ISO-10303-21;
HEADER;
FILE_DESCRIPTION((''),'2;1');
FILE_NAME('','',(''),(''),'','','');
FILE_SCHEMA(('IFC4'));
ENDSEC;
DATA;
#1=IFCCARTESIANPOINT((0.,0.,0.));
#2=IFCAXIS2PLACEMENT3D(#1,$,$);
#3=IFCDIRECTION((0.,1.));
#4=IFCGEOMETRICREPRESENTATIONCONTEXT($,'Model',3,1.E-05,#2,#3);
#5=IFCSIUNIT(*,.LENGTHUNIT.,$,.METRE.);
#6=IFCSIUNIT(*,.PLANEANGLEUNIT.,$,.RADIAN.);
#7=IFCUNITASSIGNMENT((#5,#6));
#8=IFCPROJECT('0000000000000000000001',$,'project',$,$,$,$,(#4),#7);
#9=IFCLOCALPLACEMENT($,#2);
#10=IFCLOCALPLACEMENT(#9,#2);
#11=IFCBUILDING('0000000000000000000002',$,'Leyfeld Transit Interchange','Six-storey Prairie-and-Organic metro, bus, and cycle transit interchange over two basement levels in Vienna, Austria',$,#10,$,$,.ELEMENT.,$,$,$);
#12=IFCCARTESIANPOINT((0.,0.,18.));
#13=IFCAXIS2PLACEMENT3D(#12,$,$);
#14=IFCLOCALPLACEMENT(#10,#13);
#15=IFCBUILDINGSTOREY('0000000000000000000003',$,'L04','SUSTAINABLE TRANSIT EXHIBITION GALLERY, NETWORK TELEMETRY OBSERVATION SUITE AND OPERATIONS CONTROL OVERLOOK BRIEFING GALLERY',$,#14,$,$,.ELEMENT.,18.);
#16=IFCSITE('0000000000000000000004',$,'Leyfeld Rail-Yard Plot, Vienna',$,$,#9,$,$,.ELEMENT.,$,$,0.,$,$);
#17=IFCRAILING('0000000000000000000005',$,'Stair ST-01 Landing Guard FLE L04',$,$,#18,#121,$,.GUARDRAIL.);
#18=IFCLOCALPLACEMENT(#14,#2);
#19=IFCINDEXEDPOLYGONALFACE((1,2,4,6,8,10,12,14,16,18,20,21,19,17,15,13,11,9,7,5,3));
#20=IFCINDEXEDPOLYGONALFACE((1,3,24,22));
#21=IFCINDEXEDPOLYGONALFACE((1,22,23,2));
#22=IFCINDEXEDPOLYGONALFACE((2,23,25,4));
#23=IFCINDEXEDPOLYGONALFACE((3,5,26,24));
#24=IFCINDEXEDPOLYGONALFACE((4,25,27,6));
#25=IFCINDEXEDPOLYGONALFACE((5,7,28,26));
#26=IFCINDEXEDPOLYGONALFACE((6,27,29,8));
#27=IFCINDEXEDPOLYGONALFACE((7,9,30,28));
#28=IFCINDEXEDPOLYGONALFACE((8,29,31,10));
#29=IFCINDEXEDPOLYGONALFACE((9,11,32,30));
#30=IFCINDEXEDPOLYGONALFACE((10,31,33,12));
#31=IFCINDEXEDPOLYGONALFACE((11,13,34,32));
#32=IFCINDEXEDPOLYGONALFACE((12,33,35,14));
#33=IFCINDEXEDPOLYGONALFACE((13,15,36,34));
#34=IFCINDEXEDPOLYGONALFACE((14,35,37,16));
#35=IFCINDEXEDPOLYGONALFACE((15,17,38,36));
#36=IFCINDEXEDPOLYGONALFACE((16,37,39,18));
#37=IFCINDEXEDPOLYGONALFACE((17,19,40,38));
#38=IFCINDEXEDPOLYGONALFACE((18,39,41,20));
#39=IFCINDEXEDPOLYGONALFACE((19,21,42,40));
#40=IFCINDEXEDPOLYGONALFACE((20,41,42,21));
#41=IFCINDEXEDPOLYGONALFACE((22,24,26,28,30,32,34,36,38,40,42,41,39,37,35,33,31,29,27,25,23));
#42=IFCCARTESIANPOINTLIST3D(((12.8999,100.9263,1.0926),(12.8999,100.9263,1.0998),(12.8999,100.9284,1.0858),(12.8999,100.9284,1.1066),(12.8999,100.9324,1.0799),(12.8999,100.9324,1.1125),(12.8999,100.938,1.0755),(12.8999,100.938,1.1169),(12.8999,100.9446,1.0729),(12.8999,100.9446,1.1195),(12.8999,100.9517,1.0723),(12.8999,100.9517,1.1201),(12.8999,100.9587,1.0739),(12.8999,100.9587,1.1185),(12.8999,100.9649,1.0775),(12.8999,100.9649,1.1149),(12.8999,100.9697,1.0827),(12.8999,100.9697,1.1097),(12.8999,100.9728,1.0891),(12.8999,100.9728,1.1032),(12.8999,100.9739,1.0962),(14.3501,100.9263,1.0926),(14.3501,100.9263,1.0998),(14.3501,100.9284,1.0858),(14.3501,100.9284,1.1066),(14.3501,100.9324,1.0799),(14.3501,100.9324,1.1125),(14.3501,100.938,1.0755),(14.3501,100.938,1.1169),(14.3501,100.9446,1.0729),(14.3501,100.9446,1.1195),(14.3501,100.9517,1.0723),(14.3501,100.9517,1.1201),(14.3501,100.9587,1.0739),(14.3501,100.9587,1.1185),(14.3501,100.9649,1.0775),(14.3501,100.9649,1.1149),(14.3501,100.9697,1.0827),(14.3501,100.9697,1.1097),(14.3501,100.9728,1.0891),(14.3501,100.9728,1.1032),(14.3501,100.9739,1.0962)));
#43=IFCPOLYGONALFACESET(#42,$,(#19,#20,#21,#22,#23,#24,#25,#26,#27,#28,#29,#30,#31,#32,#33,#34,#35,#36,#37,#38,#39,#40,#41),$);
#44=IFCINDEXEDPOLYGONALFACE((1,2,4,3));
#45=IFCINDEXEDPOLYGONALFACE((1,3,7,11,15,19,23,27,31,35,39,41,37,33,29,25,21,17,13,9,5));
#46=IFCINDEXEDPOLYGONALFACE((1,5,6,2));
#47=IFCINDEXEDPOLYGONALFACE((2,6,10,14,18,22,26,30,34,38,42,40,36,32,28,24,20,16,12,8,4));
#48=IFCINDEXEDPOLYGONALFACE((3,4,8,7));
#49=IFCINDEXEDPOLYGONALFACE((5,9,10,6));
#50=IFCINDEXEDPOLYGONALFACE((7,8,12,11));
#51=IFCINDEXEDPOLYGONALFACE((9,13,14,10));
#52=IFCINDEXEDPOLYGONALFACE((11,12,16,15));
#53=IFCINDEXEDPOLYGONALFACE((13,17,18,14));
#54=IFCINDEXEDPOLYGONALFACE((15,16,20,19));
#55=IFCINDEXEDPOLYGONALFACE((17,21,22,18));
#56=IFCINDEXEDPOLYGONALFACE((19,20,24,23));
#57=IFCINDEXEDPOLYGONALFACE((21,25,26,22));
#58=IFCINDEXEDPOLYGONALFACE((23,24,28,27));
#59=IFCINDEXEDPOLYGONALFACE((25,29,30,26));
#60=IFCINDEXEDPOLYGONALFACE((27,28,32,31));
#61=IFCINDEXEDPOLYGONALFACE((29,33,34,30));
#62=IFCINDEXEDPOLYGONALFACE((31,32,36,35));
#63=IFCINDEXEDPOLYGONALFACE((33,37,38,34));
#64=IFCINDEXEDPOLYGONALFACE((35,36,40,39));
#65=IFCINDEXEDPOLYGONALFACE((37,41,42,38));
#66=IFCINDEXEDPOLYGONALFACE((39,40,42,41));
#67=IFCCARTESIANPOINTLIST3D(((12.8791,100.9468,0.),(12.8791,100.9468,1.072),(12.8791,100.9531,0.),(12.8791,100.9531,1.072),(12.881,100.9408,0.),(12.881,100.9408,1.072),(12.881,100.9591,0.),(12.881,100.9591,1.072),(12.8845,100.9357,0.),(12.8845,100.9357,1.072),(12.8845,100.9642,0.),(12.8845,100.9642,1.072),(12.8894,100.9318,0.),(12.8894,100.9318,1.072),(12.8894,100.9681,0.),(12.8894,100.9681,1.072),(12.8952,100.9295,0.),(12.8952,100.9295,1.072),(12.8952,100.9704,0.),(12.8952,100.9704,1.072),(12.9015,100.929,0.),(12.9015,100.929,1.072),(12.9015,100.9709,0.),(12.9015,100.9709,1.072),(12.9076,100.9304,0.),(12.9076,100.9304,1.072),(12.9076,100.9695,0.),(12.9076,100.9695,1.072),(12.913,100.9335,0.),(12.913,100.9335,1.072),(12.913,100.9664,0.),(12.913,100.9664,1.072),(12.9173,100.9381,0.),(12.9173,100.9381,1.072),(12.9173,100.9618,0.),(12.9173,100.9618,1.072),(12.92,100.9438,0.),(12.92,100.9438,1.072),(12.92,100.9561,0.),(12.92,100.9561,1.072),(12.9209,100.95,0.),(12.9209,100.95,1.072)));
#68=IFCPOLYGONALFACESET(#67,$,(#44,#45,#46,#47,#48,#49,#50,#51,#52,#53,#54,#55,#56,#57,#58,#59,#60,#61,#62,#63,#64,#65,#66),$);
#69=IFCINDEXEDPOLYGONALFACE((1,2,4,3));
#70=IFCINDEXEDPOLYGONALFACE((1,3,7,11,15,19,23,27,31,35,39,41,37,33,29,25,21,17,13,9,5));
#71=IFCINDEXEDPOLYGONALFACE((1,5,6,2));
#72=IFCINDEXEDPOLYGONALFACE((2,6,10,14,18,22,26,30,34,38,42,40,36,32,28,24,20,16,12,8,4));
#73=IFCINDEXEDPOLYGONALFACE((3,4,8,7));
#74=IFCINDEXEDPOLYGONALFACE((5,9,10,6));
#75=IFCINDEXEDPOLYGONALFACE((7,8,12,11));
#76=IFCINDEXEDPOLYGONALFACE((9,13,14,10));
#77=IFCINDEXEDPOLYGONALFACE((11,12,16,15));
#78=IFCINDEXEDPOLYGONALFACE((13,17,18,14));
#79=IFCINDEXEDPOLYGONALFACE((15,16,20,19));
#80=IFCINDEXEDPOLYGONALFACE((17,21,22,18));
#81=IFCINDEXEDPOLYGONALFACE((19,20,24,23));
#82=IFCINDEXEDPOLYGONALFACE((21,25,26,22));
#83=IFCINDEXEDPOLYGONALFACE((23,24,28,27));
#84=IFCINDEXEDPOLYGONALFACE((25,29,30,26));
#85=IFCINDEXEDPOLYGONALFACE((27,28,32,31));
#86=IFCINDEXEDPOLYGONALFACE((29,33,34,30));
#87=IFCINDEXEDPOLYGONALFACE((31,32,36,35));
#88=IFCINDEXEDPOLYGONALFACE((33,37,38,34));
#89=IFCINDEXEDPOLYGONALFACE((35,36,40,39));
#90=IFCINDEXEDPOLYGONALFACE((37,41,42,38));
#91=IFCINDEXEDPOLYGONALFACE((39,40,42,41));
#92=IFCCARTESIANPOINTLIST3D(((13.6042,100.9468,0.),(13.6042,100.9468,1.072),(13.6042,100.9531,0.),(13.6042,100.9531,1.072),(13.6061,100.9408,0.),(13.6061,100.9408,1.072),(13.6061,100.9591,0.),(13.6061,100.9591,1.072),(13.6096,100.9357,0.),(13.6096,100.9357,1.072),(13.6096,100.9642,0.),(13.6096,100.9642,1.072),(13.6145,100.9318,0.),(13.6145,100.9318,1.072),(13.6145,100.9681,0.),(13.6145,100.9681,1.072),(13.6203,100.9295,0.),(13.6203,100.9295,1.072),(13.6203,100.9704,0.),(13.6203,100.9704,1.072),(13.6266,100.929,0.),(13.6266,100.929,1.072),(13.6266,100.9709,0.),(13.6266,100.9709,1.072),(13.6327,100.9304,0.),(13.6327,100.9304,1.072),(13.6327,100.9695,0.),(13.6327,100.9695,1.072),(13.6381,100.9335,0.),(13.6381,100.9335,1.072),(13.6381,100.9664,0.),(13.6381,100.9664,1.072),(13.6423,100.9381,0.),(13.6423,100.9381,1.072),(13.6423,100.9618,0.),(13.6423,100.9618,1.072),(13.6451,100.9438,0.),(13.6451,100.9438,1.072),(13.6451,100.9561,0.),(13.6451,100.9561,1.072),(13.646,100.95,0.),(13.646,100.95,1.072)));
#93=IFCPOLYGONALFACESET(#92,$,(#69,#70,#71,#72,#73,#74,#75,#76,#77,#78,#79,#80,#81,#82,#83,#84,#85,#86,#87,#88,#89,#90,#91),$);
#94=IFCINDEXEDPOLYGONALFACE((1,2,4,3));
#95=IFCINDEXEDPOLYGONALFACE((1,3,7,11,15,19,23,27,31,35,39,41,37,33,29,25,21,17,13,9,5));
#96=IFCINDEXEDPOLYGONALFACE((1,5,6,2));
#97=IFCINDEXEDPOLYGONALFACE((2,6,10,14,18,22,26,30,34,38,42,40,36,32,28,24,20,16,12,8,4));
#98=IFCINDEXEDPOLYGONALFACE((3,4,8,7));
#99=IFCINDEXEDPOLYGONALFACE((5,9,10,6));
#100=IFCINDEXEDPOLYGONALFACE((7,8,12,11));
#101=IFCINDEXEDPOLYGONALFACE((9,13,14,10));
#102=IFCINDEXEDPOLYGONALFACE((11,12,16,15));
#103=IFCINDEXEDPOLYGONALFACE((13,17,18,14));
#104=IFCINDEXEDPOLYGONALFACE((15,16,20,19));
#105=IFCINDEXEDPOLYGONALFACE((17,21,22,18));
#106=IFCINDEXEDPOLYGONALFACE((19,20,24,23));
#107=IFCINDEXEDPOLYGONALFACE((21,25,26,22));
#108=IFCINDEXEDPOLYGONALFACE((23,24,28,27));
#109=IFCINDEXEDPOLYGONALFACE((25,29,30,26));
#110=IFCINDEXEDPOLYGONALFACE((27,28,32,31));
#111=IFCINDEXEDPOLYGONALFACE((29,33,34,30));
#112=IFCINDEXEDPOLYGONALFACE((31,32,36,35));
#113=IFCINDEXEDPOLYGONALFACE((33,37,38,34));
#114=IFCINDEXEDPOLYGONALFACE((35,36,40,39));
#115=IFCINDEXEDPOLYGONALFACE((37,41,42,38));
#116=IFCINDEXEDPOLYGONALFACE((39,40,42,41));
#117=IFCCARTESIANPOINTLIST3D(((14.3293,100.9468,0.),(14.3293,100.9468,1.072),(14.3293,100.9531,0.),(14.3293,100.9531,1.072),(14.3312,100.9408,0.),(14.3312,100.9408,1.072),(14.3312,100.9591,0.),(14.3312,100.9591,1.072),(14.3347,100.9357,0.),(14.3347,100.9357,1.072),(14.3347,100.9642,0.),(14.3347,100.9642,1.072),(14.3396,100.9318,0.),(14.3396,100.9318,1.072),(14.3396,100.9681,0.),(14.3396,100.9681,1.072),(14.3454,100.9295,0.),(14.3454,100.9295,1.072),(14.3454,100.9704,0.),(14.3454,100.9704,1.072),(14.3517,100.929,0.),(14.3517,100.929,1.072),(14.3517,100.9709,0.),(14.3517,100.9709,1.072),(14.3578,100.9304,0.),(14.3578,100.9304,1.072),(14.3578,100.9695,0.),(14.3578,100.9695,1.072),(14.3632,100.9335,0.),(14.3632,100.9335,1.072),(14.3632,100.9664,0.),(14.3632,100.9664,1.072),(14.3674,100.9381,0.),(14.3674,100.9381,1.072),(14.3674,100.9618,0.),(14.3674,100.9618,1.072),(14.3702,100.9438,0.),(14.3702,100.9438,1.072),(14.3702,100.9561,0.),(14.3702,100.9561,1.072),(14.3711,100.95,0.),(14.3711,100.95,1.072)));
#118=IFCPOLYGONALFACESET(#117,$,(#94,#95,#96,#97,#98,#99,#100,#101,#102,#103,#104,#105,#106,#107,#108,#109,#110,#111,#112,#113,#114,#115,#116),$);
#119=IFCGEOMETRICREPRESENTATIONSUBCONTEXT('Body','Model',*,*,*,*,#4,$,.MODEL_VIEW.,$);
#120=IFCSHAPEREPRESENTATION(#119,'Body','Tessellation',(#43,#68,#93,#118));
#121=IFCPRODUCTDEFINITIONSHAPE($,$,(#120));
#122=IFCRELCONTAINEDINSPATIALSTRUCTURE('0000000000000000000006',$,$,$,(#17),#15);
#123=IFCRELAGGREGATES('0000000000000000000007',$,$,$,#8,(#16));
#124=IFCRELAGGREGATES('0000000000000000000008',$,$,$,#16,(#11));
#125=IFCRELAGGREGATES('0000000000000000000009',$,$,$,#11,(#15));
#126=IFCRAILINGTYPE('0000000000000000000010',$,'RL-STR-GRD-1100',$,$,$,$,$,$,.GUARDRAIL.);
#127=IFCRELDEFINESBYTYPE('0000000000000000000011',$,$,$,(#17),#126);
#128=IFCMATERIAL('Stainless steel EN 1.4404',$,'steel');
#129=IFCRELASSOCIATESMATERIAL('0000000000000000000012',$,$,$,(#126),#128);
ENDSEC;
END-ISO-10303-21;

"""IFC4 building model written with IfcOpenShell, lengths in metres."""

from ifc_helpers import new_model, si_unit, direction, frame, origin, origin_2d, place, context, subcontext, project, spatial, circle, extrude, material, type_object, element, save


model = new_model("IFC4")

# Units and contexts
model_context = context("Model", 3, precision=1e-05, world=origin(), true_north=direction((0.0, 1.0)))
body_context = subcontext(model_context, "Body", "Model", "MODEL_VIEW")
ifc_project = project(units=[si_unit("LENGTHUNIT", "METRE"), si_unit("PLANEANGLEUNIT", "RADIAN")], contexts=[model_context])

# Site, building, storey
site_placement = place(None, origin())
site = spatial("IfcSite", under=ifc_project, at=site_placement, Name="Leyfeld Rail-Yard Plot, Vienna", CompositionType="ELEMENT", RefElevation=0.0)
building_placement = place(site_placement, origin())
building = spatial("IfcBuilding", under=site, at=building_placement, Name="Leyfeld Transit Interchange", Description="Six-storey Prairie-and-Organic metro, bus, and cycle transit interchange over two basement levels in Vienna, Austria", CompositionType="ELEMENT")
storey_placement = place(building_placement, frame((0.0, 0.0, 18.0)))
storey = spatial("IfcBuildingStorey", under=building, at=storey_placement, Name="L04", Description="SUSTAINABLE TRANSIT EXHIBITION GALLERY, NETWORK TELEMETRY OBSERVATION SUITE AND OPERATIONS CONTROL OVERLOOK BRIEFING GALLERY", CompositionType="ELEMENT", Elevation=18.0)

# Shared definitions
ifc_material_1 = material(Name="Stainless steel EN 1.4404", Category="steel")

# Railing
railing_type_1 = type_object("IfcRailingType", Name="RL-STR-GRD-1100", PredefinedType="GUARDRAIL", material=ifc_material_1)
railing_1_placement = place(storey_placement, frame((12.8999, 100.95, 0.0)))
element("IfcRailing", 1, at=railing_1_placement, inside=storey, type_object=railing_type_1, Name="Stair ST-01 Landing Guard FLE L04", PredefinedType="GUARDRAIL", context=body_context, shape_type="SweptSolid", body=[
    extrude(circle(Radius=0.0239, at=origin_2d()), frame((0.0, 0.0, 1.0962), z_axis=(1.0, 0.0, 0.0), x_axis=(0.0, 1.0, 0.0)), (0.0, 0.0, 1.0), 1.4502),
    extrude(circle(Radius=0.021, at=origin_2d()), origin(), (0.0, 0.0, 1.0), 1.072),
    extrude(circle(Radius=0.021, at=origin_2d()), frame((0.7251, 0.0, 0.0)), (0.0, 0.0, 1.0), 1.072),
    extrude(circle(Radius=0.021, at=origin_2d()), frame((1.4502, 0.0, 0.0)), (0.0, 0.0, 1.0), 1.072),
])

save(model, "model.ifc")
